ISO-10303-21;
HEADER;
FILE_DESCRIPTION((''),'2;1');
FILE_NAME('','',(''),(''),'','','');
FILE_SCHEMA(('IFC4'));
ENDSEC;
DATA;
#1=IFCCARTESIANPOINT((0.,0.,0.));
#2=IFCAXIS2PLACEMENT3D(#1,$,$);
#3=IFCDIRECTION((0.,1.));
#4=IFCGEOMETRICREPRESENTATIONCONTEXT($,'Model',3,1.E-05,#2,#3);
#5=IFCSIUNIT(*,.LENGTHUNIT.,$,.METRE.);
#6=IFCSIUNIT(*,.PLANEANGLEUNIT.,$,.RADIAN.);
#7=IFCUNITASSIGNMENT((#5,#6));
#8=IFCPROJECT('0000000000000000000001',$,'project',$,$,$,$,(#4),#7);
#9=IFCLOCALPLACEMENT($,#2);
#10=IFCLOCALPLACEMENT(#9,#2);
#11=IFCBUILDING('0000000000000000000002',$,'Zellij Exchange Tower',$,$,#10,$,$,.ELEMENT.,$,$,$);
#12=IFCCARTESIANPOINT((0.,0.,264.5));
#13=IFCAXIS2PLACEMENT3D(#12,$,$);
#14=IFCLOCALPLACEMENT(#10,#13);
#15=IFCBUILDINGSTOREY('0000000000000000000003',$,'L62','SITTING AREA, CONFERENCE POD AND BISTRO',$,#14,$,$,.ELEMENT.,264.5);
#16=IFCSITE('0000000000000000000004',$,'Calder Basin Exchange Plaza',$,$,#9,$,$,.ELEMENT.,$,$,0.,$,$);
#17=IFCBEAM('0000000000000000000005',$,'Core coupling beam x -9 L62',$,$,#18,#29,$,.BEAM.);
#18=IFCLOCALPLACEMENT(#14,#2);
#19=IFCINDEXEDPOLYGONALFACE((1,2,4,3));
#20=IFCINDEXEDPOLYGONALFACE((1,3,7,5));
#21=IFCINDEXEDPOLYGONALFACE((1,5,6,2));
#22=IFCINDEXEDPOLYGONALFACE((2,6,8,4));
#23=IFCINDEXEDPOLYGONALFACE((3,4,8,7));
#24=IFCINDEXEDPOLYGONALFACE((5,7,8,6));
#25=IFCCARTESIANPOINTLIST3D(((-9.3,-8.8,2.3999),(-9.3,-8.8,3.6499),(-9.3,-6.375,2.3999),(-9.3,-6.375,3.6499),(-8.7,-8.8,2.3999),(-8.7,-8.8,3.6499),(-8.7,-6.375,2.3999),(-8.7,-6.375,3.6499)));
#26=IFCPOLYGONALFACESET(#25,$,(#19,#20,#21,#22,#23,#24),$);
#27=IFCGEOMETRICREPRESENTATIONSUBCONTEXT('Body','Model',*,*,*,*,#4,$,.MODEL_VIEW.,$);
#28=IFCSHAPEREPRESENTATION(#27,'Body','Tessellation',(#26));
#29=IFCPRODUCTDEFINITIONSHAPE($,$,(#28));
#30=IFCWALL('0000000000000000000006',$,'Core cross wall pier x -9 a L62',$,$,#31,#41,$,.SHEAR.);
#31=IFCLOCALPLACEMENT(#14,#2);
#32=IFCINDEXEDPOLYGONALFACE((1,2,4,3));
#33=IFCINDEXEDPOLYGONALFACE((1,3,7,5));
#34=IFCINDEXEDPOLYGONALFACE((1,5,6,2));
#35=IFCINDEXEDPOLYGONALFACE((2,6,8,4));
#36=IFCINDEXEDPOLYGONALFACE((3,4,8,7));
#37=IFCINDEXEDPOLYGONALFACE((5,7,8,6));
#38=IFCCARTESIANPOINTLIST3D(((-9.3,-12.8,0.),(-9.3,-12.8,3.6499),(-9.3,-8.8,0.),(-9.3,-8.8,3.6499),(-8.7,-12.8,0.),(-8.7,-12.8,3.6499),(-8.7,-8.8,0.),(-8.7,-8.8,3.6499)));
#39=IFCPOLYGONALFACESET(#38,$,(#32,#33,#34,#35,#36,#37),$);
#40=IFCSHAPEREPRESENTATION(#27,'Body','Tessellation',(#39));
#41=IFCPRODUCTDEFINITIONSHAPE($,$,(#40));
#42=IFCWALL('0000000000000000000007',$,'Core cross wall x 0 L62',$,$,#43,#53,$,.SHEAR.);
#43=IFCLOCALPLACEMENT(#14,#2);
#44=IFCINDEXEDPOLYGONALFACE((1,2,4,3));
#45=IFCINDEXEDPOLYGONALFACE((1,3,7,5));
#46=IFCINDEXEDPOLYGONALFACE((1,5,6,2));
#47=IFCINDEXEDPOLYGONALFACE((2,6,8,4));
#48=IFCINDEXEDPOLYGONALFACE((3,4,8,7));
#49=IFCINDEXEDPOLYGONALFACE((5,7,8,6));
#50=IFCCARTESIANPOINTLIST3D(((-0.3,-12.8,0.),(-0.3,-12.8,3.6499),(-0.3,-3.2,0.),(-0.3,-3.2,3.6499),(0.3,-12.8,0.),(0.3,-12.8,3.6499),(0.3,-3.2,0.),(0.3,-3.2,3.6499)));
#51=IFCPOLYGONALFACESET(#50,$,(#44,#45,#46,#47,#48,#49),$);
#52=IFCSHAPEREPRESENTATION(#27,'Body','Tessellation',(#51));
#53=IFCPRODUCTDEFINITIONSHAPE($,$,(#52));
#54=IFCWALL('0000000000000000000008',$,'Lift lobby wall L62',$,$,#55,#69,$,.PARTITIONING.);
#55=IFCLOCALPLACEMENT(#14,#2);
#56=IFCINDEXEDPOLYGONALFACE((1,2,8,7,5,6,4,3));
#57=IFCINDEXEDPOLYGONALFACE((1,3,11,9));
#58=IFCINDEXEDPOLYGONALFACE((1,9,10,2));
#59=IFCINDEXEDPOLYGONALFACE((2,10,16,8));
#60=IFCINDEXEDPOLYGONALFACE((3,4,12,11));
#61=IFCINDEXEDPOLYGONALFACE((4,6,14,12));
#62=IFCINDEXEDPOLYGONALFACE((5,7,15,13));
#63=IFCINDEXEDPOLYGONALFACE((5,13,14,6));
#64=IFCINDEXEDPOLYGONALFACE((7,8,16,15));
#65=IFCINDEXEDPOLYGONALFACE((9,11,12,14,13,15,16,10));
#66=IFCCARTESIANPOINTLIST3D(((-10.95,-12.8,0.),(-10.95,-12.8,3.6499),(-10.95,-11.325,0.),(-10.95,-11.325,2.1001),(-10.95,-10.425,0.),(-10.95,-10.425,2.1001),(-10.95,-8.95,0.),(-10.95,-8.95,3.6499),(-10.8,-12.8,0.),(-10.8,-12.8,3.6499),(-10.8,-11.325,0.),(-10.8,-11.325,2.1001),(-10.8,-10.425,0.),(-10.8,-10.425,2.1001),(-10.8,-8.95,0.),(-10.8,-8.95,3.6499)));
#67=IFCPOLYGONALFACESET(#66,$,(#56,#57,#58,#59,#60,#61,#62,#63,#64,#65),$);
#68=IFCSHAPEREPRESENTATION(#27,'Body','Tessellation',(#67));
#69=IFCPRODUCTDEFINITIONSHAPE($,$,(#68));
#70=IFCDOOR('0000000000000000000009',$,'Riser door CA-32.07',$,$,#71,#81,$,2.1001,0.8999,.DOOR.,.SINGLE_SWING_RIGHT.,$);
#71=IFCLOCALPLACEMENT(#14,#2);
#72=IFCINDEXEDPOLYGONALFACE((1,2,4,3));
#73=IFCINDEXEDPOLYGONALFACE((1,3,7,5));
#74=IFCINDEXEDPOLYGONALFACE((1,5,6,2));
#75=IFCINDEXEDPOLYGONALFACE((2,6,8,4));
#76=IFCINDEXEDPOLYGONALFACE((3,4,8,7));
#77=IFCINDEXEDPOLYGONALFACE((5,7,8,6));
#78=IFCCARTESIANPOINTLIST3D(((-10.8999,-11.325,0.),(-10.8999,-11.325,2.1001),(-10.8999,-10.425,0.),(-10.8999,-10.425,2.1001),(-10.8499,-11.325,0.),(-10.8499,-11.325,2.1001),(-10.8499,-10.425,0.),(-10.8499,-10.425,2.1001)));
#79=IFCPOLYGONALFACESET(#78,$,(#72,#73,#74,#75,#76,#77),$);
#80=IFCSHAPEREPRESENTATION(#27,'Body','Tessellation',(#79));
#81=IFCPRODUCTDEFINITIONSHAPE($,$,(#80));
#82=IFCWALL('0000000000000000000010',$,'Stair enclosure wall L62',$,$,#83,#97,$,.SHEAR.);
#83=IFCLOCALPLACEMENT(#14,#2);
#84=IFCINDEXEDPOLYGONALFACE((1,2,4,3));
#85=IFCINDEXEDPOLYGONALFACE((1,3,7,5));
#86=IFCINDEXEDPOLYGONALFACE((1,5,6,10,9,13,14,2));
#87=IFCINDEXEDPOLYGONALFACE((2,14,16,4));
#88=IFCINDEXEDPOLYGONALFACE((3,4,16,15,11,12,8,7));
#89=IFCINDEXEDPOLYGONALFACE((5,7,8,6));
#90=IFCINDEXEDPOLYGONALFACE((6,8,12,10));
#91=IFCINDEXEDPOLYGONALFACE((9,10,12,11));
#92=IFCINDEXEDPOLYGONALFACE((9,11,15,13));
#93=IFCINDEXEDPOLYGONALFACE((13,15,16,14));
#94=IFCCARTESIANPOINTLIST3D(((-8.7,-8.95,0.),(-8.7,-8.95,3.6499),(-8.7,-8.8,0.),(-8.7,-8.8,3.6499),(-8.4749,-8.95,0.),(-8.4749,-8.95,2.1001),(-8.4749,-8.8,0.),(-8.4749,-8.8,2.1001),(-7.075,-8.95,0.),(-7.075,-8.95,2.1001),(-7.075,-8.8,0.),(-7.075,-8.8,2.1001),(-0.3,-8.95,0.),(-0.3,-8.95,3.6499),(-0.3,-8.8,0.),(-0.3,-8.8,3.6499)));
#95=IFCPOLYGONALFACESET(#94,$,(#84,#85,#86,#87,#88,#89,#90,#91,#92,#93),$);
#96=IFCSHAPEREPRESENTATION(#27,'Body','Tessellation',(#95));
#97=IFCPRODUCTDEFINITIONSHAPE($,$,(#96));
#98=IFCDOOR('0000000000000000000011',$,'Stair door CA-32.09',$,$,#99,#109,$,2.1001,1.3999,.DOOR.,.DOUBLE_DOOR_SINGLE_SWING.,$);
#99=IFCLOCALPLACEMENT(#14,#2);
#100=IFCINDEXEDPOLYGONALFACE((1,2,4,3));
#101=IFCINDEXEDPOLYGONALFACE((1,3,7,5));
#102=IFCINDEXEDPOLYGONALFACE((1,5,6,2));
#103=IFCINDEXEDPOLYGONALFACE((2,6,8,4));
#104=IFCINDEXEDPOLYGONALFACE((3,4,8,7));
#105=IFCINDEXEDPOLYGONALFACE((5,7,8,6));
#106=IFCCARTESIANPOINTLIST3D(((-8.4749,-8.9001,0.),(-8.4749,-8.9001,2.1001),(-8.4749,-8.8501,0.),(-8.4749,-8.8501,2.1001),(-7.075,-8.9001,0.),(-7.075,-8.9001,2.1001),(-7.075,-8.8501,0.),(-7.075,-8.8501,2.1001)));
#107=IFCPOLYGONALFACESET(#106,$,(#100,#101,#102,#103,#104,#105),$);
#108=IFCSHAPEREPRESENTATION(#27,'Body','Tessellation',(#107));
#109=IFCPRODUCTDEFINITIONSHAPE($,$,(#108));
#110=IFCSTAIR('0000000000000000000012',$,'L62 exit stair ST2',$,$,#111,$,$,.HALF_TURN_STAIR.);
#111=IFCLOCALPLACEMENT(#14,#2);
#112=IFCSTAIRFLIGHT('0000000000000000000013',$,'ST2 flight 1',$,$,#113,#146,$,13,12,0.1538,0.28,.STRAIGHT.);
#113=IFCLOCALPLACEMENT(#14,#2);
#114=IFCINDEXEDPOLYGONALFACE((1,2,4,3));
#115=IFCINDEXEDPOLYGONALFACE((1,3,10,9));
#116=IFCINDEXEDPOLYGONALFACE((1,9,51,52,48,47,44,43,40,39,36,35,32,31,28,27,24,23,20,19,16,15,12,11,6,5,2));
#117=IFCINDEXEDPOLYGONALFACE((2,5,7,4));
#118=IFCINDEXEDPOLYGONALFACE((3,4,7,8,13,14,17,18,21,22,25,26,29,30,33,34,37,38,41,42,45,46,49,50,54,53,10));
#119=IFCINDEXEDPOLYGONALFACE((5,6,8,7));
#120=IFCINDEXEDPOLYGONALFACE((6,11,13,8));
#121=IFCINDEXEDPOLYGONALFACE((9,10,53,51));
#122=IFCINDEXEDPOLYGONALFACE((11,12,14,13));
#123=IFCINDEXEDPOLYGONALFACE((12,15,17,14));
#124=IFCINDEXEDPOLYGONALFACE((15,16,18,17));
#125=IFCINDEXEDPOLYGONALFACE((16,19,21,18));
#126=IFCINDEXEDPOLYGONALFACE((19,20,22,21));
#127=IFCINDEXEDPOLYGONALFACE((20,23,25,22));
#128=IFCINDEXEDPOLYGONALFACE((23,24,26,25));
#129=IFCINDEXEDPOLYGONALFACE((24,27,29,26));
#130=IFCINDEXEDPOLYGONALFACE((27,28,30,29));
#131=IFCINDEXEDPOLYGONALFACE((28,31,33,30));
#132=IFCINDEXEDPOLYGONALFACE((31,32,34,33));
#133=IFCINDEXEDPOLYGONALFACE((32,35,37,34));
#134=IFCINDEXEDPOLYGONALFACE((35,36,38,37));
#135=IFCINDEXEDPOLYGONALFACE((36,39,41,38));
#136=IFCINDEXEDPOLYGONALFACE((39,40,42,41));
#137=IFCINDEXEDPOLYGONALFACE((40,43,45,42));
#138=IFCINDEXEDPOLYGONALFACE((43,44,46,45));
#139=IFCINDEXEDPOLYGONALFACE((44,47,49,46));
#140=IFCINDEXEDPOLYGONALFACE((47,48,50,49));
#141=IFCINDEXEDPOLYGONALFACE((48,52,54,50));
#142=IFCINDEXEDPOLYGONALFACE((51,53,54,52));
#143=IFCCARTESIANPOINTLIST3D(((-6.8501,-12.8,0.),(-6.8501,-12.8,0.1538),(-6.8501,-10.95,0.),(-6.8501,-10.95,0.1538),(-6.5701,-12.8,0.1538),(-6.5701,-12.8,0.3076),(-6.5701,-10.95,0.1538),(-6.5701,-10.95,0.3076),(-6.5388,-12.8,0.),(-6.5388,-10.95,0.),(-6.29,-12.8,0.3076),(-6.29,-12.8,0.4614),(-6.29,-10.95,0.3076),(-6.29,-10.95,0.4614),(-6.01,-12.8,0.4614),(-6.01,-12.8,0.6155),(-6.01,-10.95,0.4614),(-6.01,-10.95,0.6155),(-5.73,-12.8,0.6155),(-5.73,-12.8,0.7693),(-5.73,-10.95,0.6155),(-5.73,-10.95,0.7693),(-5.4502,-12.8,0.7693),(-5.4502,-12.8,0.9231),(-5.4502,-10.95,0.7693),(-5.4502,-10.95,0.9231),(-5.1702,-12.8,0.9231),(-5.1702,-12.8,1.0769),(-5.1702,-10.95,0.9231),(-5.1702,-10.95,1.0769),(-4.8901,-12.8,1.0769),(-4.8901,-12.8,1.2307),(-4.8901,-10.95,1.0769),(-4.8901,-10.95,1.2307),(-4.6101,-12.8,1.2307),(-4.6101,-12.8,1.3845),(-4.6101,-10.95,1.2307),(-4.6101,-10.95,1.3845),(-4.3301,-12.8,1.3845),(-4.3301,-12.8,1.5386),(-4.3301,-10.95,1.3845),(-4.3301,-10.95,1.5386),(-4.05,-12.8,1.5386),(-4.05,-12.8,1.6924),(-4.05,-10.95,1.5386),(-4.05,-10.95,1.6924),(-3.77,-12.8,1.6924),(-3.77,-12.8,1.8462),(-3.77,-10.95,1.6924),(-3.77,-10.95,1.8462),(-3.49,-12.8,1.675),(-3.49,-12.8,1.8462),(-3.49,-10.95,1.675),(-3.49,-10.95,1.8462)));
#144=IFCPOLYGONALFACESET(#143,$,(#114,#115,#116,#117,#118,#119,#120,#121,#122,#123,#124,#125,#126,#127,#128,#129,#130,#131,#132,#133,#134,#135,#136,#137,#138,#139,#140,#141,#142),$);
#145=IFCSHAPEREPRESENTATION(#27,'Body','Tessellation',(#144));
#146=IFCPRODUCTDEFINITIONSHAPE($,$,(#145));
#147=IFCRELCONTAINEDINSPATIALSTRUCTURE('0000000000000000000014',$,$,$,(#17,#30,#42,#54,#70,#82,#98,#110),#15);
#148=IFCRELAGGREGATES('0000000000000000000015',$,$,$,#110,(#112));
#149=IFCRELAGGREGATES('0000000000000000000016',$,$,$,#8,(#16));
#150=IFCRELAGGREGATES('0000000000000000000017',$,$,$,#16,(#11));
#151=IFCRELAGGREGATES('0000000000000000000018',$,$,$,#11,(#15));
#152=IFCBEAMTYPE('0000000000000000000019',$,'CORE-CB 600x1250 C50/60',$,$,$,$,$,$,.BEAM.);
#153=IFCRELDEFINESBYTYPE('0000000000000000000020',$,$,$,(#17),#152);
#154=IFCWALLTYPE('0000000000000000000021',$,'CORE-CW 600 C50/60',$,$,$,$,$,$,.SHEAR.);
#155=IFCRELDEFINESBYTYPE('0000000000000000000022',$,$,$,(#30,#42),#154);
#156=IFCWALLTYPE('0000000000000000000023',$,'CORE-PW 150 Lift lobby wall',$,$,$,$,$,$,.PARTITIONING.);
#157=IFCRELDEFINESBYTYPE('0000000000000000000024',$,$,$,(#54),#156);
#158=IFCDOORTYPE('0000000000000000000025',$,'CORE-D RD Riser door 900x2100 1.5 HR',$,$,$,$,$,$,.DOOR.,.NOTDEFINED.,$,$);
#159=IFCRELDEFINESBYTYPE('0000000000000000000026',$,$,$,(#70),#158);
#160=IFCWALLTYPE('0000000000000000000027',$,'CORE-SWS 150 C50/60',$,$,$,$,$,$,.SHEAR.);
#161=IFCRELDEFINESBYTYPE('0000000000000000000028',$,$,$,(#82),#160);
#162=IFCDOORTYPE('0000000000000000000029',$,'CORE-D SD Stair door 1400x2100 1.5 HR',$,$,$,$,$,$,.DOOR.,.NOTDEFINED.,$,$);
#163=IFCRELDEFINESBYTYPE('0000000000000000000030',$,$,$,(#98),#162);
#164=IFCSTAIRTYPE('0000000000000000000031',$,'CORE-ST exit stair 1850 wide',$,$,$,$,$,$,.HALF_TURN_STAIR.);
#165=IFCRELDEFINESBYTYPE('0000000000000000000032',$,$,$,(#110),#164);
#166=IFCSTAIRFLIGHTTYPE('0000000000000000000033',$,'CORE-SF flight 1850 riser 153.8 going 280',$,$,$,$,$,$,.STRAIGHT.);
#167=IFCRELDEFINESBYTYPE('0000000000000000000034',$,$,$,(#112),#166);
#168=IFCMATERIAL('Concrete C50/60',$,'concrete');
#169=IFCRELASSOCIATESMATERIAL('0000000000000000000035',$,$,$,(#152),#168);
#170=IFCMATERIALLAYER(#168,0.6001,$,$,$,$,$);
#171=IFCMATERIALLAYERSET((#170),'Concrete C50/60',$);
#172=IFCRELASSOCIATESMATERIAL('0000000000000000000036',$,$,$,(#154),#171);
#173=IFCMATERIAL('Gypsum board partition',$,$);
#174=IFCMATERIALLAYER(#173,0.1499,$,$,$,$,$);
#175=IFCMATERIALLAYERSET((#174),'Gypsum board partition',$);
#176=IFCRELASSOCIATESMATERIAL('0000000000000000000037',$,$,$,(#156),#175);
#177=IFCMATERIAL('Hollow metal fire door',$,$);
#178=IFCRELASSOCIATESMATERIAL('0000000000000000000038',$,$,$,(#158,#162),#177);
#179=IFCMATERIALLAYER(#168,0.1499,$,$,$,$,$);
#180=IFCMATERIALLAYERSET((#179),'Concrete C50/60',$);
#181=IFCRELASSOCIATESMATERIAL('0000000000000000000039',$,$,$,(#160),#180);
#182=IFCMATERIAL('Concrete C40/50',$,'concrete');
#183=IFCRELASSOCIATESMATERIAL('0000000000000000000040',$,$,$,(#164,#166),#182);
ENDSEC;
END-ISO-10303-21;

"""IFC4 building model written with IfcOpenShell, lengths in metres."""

from ifc_helpers import new_model, si_unit, direction, frame, frame_2d, origin, origin_2d, place, context, subcontext, project, spatial, polyline, rectangle, outline, extrude, material, layer, layer_set, material_profile, profile_set, type_object, element, fill, aggregate, save


model = new_model("IFC4")

# Units and contexts
model_context = context("Model", 3, precision=1e-05, world=origin(), true_north=direction((0.0, 1.0)))
body_context = subcontext(model_context, "Body", "Model", "MODEL_VIEW")
ifc_project = project(units=[si_unit("LENGTHUNIT", "METRE"), si_unit("PLANEANGLEUNIT", "RADIAN")], contexts=[model_context])

# Site, building, storey
site_placement = place(None, origin())
site = spatial("IfcSite", under=ifc_project, at=site_placement, Name="Calder Basin Exchange Plaza", CompositionType="ELEMENT", RefElevation=0.0)
building_placement = place(site_placement, origin())
building = spatial("IfcBuilding", under=site, at=building_placement, Name="Zellij Exchange Tower", CompositionType="ELEMENT")
storey_placement = place(building_placement, frame((0.0, 0.0, 264.5)))
storey = spatial("IfcBuildingStorey", under=building, at=storey_placement, Name="L62", Description="SITTING AREA, CONFERENCE POD AND BISTRO", CompositionType="ELEMENT", Elevation=264.5)

# Beam
ifc_material_1 = material(Name="Concrete C50/60", Category="concrete")
ifc_material_profile = material_profile(ifc_material_1, rectangle(XDim=0.6001, YDim=1.25, at=origin_2d()), Name="CORE-CB 600x1250 C50/60")
ifc_profile_set = profile_set([ifc_material_profile], Name="Concrete C50/60")
beam_type = type_object("IfcBeamType", Name="CORE-CB 600x1250 C50/60", PredefinedType="BEAM", material=ifc_profile_set)
beam_placement = place(storey_placement, frame((-9.0, -8.8, 3.0249), z_axis=(0.0, 1.0, 0.0), x_axis=(-1.0, 0.0, 0.0)))
element("IfcBeam", 1, at=beam_placement, inside=storey, type_object=beam_type, Name="Core coupling beam x -9 L62", PredefinedType="BEAM", context=body_context, shape_type="SweptSolid", body=[
    extrude(rectangle(XDim=0.6001, YDim=1.25, at=origin_2d()), origin(), (0.0, 0.0, 1.0), 2.425),
])

# Walls
ifc_layer_1 = layer(ifc_material_1, 0.6001)
ifc_layer_set_1 = layer_set([ifc_layer_1], Name="Concrete C50/60")
wall_type_1 = type_object("IfcWallType", Name="CORE-CW 600 C50/60", PredefinedType="SHEAR", material=ifc_layer_set_1)
wall_1_placement = place(storey_placement, frame((-9.0, -12.8, 0.0), z_axis=(0.0, 0.0, 1.0), x_axis=(0.0, 1.0, 0.0)))
element("IfcWall", 2, at=wall_1_placement, inside=storey, type_object=wall_type_1, Name="Core cross wall pier x -9 a L62", PredefinedType="SHEAR", context=body_context, shape_type="SweptSolid", body=[
    extrude(rectangle(XDim=4.0, YDim=0.6001, at=frame_2d((2.0, 0.0))), origin(), (0.0, 0.0, 1.0), 3.6499),
])
wall_2_placement = place(storey_placement, frame((0.0, -12.8, 0.0), z_axis=(0.0, 0.0, 1.0), x_axis=(0.0, 1.0, 0.0)))
element("IfcWall", 3, at=wall_2_placement, inside=storey, type_object=wall_type_1, Name="Core cross wall x 0 L62", PredefinedType="SHEAR", context=body_context, shape_type="SweptSolid", body=[
    extrude(rectangle(XDim=9.6001, YDim=0.6001, at=frame_2d((4.8, 0.0))), origin(), (0.0, 0.0, 1.0), 3.6499),
])

# Walls, openings, doors
ifc_material_2 = material(Name="Gypsum board partition")
ifc_layer_2 = layer(ifc_material_2, 0.1499)
ifc_layer_set_2 = layer_set([ifc_layer_2], Name="Gypsum board partition")
wall_type_2 = type_object("IfcWallType", Name="CORE-PW 150 Lift lobby wall", PredefinedType="PARTITIONING", material=ifc_layer_set_2)
wall_3_placement = place(storey_placement, frame((-10.875, -12.8, 0.0), z_axis=(0.0, 0.0, 1.0), x_axis=(0.0, 1.0, 0.0)))
wall_3 = element("IfcWall", 4, at=wall_3_placement, inside=storey, type_object=wall_type_2, Name="Lift lobby wall L62", PredefinedType="PARTITIONING", context=body_context, shape_type="SweptSolid", body=[
    extrude(rectangle(XDim=3.8501, YDim=0.1499, at=frame_2d((1.925, 0.0))), origin(), (0.0, 0.0, 1.0), 3.6499),
])
opening_1_placement = place(wall_3_placement, frame((1.4751, 0.0, 0.0)))
opening_1 = element("IfcOpeningElement", 5, at=opening_1_placement, cuts=wall_3, PredefinedType="OPENING", context=body_context, shape_type="SweptSolid", body=[
    extrude(rectangle(XDim=0.8999, YDim=2.1001, at=frame_2d((0.45, 1.05))), frame((0.0, 0.0869, 0.0), z_axis=(0.0, -1.0, 0.0), x_axis=(1.0, 0.0, 0.0)), (0.0, 0.0, 1.0), 0.1738),
])
ifc_material_3 = material(Name="Hollow metal fire door")
door_type_1 = type_object("IfcDoorType", Name="CORE-D RD Riser door 900x2100 1.5 HR", OperationType="NOTDEFINED", PredefinedType="DOOR", material=ifc_material_3)
door_1_placement = place(opening_1_placement, origin())
door_1 = element("IfcDoor", 6, at=door_1_placement, inside=storey, type_object=door_type_1, Name="Riser door CA-32.07", OperationType="SINGLE_SWING_RIGHT", OverallHeight=2.1001, OverallWidth=0.8999, PredefinedType="DOOR", context=body_context, shape_type="SweptSolid", body=[
    extrude(rectangle(XDim=0.8999, YDim=2.1001, at=frame_2d((0.45, 1.05))), frame((0.0, 0.0249, 0.0), z_axis=(0.0, -1.0, 0.0), x_axis=(1.0, 0.0, 0.0)), (0.0, 0.0, 1.0), 0.05),
])
fill(opening_1, door_1)
ifc_layer_3 = layer(ifc_material_1, 0.1499)
ifc_layer_set_3 = layer_set([ifc_layer_3], Name="Concrete C50/60")
wall_type_3 = type_object("IfcWallType", Name="CORE-SWS 150 C50/60", PredefinedType="SHEAR", material=ifc_layer_set_3)
wall_4_placement = place(storey_placement, frame((-8.7, -8.875, 0.0), z_axis=(0.0, 0.0, 1.0), x_axis=(1.0, 0.0, 0.0)))
wall_4 = element("IfcWall", 7, at=wall_4_placement, inside=storey, type_object=wall_type_3, Name="Stair enclosure wall L62", PredefinedType="SHEAR", context=body_context, shape_type="SweptSolid", body=[
    extrude(rectangle(XDim=8.3999, YDim=0.1499, at=frame_2d((4.2, 0.0))), origin(), (0.0, 0.0, 1.0), 3.6499),
])
opening_2_placement = place(wall_4_placement, frame((0.2251, 0.0, 0.0)))
opening_2 = element("IfcOpeningElement", 8, at=opening_2_placement, cuts=wall_4, PredefinedType="OPENING", context=body_context, shape_type="SweptSolid", body=[
    extrude(rectangle(XDim=1.3999, YDim=2.1001, at=frame_2d((0.7, 1.05))), frame((0.0, 0.0869, 0.0), z_axis=(0.0, -1.0, 0.0), x_axis=(1.0, 0.0, 0.0)), (0.0, 0.0, 1.0), 0.1738),
])
door_type_2 = type_object("IfcDoorType", Name="CORE-D SD Stair door 1400x2100 1.5 HR", OperationType="NOTDEFINED", PredefinedType="DOOR", material=ifc_material_3)
door_2_placement = place(opening_2_placement, origin())
door_2 = element("IfcDoor", 9, at=door_2_placement, inside=storey, type_object=door_type_2, Name="Stair door CA-32.09", OperationType="DOUBLE_DOOR_SINGLE_SWING", OverallHeight=2.1001, OverallWidth=1.3999, PredefinedType="DOOR", context=body_context, shape_type="SweptSolid", body=[
    extrude(rectangle(XDim=1.3999, YDim=2.1001, at=frame_2d((0.7, 1.05))), frame((0.0, 0.0249, 0.0), z_axis=(0.0, -1.0, 0.0), x_axis=(1.0, 0.0, 0.0)), (0.0, 0.0, 1.0), 0.05),
])
fill(opening_2, door_2)

# Stair, stair flight
ifc_material_4 = material(Name="Concrete C40/50", Category="concrete")
stair_type = type_object("IfcStairType", Name="CORE-ST exit stair 1850 wide", PredefinedType="HALF_TURN_STAIR", material=ifc_material_4)
stair_placement = place(storey_placement, origin())
stair = element("IfcStair", 10, at=stair_placement, inside=storey, type_object=stair_type, Name="L62 exit stair ST2", PredefinedType="HALF_TURN_STAIR")
stair_flight_type = type_object("IfcStairFlightType", Name="CORE-SF flight 1850 riser 153.8 going 280", PredefinedType="STRAIGHT", material=ifc_material_4)
stair_flight_1_placement = place(storey_placement, frame((-6.8501, -11.875, 0.0), z_axis=(0.0, 0.0, 1.0), x_axis=(1.0, 0.0, 0.0)))
stair_flight_1 = element("IfcStairFlight", 11, at=stair_flight_1_placement, type_object=stair_flight_type, Name="ST2 flight 1", NumberOfRisers=13, NumberOfTreads=12, PredefinedType="STRAIGHT", RiserHeight=0.1538, TreadLength=0.28, context=body_context, shape_type="SweptSolid", body=[
    extrude(outline(polyline([(0.0, 0.0), (0.0, 0.1538), (0.28, 0.1538), (0.28, 0.3076), (0.5601, 0.3076), (0.5601, 0.4614), (0.8401, 0.4614), (0.8401, 0.6155), (1.1201, 0.6155), (1.1201, 0.7693), (1.3999, 0.7693), (1.3999, 0.9231), (1.6799, 0.9231), (1.6799, 1.0769), (1.96, 1.0769), (1.96, 1.2307), (2.24, 1.2307), (2.24, 1.3845), (2.52, 1.3845), (2.52, 1.5386), (2.8, 1.5386), (2.8, 1.6924), (3.0801, 1.6924), (3.0801, 1.8462), (3.3601, 1.8462), (3.3601, 2.0), (3.3601, 1.675), (0.3113, 0.0), (0.0, 0.0)])), frame((0.0, 0.925, 0.0), z_axis=(0.0, -1.0, 0.0), x_axis=(1.0, 0.0, 0.0)), (0.0, 0.0, 1.0), 1.8501),
])
aggregate(stair, [stair_flight_1])

save(model, "model.ifc")
